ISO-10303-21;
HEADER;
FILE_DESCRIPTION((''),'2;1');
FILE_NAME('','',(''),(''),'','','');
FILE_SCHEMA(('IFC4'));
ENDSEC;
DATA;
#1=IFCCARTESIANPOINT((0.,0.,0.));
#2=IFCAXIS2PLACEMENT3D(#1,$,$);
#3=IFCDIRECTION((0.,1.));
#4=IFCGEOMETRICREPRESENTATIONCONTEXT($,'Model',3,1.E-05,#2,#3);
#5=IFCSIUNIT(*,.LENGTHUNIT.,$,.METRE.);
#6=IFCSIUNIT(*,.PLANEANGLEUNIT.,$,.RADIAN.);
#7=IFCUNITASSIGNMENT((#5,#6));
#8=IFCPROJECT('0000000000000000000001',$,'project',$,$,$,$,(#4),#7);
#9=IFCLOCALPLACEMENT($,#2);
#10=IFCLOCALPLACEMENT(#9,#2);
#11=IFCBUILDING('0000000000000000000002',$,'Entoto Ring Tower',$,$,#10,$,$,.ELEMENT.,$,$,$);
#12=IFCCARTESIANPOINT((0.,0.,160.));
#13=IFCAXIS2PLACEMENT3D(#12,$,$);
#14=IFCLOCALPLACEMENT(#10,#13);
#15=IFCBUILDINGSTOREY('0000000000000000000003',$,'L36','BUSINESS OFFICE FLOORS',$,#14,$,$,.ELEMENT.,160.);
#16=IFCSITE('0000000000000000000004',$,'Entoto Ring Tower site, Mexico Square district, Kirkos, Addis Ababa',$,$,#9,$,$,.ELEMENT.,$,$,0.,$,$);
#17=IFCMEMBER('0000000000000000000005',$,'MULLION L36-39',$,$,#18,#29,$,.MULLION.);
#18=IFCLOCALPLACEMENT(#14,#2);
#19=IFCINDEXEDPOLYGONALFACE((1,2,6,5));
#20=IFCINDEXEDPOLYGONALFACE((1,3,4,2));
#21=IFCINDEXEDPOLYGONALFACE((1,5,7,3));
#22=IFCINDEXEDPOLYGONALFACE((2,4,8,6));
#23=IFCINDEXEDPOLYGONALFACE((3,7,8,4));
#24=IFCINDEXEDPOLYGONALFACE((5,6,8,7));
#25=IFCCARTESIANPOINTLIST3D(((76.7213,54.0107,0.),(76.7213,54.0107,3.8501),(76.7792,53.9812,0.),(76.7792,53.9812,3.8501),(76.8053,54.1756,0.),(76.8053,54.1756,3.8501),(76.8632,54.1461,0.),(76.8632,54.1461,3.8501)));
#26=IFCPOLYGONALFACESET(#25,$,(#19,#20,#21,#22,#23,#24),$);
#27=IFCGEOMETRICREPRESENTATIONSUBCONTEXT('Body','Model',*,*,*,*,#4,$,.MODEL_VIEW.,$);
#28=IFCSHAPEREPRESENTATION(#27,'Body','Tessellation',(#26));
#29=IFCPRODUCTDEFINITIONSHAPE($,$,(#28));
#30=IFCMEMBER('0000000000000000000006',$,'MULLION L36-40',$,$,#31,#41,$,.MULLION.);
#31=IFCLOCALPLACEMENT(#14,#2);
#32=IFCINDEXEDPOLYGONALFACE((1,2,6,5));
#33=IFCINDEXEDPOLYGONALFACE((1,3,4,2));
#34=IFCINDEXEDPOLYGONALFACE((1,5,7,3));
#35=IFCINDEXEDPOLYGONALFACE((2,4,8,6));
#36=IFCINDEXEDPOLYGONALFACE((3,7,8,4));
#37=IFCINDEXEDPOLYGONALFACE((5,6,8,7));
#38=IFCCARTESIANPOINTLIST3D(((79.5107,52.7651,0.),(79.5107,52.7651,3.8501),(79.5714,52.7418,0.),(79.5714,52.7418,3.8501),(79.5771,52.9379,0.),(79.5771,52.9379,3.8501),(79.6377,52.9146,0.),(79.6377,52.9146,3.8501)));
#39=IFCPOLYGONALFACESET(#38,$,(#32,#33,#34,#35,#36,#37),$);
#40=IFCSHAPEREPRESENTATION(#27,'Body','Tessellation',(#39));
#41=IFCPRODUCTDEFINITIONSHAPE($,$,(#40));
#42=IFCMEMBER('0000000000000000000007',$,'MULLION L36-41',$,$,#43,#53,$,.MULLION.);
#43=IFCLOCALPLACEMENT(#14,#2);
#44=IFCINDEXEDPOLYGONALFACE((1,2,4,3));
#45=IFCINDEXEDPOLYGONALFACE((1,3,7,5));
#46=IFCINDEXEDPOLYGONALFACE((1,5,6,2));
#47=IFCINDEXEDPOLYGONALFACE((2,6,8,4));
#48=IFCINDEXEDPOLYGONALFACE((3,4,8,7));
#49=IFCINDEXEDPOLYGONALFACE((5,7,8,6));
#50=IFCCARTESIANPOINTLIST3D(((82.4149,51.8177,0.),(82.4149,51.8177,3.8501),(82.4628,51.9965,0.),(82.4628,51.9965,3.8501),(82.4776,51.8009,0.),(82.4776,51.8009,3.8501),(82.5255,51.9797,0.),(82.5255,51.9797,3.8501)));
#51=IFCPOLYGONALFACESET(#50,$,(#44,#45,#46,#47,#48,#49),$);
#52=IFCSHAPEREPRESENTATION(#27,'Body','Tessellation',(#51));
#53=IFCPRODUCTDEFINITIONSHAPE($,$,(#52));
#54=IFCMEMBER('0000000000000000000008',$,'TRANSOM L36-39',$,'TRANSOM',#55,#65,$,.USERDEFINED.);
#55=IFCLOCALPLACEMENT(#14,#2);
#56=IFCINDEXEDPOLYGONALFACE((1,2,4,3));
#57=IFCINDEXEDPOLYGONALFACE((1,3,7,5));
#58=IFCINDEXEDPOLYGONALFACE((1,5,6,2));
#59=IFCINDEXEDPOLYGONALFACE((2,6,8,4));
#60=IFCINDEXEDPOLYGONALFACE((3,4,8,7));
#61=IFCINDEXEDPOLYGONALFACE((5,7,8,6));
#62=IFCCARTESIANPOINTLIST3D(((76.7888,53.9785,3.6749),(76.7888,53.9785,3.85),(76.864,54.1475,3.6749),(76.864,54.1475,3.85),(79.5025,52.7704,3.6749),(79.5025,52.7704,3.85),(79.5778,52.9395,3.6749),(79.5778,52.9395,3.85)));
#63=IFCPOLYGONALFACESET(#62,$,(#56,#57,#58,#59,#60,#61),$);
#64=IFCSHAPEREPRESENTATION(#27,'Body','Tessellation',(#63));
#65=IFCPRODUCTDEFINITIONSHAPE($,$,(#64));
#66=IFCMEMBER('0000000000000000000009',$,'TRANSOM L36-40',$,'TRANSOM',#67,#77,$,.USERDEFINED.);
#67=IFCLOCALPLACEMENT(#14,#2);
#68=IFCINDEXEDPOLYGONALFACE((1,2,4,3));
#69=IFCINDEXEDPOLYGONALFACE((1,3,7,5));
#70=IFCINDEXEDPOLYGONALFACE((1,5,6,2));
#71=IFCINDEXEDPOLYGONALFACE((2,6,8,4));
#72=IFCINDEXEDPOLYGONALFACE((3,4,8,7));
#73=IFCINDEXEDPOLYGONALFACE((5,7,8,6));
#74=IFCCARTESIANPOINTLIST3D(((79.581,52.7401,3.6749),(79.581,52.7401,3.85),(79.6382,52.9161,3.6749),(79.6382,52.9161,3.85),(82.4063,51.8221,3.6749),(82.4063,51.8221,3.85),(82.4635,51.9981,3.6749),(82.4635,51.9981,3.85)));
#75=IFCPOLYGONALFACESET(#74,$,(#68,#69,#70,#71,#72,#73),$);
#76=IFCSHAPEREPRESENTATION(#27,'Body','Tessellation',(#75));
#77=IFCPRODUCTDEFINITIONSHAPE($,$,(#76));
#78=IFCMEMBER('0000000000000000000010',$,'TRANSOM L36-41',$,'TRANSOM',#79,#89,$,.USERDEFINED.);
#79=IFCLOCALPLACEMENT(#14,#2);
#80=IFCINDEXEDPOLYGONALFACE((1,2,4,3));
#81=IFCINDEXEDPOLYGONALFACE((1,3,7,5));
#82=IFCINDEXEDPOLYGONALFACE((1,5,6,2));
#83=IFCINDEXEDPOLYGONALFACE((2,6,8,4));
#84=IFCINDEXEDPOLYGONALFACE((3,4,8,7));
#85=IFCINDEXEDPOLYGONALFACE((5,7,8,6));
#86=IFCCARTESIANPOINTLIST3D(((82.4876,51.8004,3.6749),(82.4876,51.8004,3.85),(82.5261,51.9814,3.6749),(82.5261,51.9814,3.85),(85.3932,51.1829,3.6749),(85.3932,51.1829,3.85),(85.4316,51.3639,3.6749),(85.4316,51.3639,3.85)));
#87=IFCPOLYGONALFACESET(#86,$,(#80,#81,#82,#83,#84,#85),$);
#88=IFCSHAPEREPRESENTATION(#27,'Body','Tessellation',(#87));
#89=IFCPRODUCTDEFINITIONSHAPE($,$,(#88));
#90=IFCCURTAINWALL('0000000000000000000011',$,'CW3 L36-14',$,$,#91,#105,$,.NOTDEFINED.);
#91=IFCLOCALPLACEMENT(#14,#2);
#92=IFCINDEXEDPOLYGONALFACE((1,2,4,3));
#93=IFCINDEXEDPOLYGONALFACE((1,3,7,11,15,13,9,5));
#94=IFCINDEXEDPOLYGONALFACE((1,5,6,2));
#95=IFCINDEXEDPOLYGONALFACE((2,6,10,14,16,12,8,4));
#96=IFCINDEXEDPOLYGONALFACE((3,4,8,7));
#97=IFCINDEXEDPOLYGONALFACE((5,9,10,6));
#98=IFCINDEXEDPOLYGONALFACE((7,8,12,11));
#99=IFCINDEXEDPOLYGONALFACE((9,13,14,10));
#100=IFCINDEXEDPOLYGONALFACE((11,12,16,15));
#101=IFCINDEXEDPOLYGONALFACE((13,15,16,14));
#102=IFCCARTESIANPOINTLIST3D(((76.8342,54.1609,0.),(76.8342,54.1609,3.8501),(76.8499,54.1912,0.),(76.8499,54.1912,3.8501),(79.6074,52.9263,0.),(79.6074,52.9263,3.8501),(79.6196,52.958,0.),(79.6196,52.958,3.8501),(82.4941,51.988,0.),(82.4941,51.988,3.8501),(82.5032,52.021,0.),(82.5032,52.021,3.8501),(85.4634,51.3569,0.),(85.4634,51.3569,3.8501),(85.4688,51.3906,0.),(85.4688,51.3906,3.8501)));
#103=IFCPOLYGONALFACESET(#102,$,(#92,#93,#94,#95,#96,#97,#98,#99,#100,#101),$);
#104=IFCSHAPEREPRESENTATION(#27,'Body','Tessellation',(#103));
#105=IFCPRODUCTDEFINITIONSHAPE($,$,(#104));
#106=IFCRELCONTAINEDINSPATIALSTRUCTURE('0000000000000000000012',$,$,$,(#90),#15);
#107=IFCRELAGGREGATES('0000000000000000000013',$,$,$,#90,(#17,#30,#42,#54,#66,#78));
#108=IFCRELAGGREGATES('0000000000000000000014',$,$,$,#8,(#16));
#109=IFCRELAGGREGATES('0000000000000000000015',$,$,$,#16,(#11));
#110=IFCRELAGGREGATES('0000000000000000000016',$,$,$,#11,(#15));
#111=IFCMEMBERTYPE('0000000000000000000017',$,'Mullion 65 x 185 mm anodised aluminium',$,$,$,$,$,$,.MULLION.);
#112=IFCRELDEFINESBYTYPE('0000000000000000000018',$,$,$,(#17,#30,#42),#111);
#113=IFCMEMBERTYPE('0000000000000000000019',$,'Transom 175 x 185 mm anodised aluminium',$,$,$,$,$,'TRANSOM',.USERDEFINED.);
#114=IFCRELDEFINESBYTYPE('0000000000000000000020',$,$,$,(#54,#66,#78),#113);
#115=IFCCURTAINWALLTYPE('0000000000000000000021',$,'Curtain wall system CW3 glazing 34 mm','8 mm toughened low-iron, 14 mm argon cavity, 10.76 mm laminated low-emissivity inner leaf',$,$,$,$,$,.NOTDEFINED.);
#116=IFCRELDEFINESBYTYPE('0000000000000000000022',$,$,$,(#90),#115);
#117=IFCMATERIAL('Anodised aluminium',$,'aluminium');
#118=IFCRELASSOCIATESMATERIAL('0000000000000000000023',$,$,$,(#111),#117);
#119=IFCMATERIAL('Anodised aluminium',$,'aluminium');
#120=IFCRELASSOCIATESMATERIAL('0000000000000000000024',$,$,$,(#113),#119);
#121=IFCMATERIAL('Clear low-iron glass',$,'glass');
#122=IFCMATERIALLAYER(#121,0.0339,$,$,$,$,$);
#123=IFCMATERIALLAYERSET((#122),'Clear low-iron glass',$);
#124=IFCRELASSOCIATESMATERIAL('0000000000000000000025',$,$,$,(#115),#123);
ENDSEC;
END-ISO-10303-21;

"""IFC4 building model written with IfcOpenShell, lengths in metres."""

from ifc_helpers import new_model, si_unit, direction, frame, origin, origin_2d, place, context, subcontext, project, spatial, polyline, rectangle, outline, extrude, material, layer, layer_set, material_profile, profile_set, type_object, element, aggregate, save


model = new_model("IFC4")

# Units and contexts
model_context = context("Model", 3, precision=1e-05, world=origin(), true_north=direction((0.0, 1.0)))
body_context = subcontext(model_context, "Body", "Model", "MODEL_VIEW")
ifc_project = project(units=[si_unit("LENGTHUNIT", "METRE"), si_unit("PLANEANGLEUNIT", "RADIAN")], contexts=[model_context])

# Members
ifc_material_1 = material(Name="Anodised aluminium", Category="aluminium")
ifc_material_profile_1 = material_profile(ifc_material_1, rectangle(XDim=0.0649, YDim=0.1851, at=origin_2d()), Name="Mullion 65 x 185 mm anodised aluminium")
ifc_profile_set_1 = profile_set([ifc_material_profile_1], Name="Anodised aluminium")
member_type_1 = type_object("IfcMemberType", Name="Mullion 65 x 185 mm anodised aluminium", PredefinedType="MULLION", material=ifc_profile_set_1)
site_placement = place(None, origin())
building_placement = place(site_placement, origin())
storey_placement = place(building_placement, frame((0.0, 0.0, 160.0)))
member_1_placement = place(storey_placement, frame((76.7922, 54.0784, 0.0), z_axis=(0.0, 0.0, 1.0), x_axis=(0.891007, -0.45399, 0.0)))
member_1 = element("IfcMember", 1, at=member_1_placement, type_object=member_type_1, Name="MULLION L36-39", PredefinedType="MULLION", context=body_context, shape_type="SweptSolid", body=[
    extrude(rectangle(XDim=0.0649, YDim=0.1851, at=origin_2d()), origin(), (0.0, 0.0, 1.0), 3.8501),
])
member_2_placement = place(storey_placement, frame((79.5742, 52.8398, 0.0), z_axis=(0.0, 0.0, 1.0), x_axis=(0.93358, -0.358368, 0.0)))
member_2 = element("IfcMember", 2, at=member_2_placement, type_object=member_type_1, Name="MULLION L36-40", PredefinedType="MULLION", context=body_context, shape_type="SweptSolid", body=[
    extrude(rectangle(XDim=0.0649, YDim=0.1851, at=origin_2d()), origin(), (0.0, 0.0, 1.0), 3.8501),
])
member_3_placement = place(storey_placement, frame((82.4702, 51.8987, 0.0), z_axis=(0.0, 0.0, 1.0), x_axis=(0.965926, -0.258819, 0.0)))
member_3 = element("IfcMember", 3, at=member_3_placement, type_object=member_type_1, Name="MULLION L36-41", PredefinedType="MULLION", context=body_context, shape_type="SweptSolid", body=[
    extrude(rectangle(XDim=0.0649, YDim=0.1851, at=origin_2d()), origin(), (0.0, 0.0, 1.0), 3.8501),
])
ifc_material_2 = material(Name="Anodised aluminium", Category="aluminium")
ifc_material_profile_2 = material_profile(ifc_material_2, rectangle(XDim=0.1851, YDim=0.175, at=origin_2d()), Name="Transom 175 x 185 mm anodised aluminium")
ifc_profile_set_2 = profile_set([ifc_material_profile_2], Name="Anodised aluminium")
member_type_2 = type_object("IfcMemberType", Name="Transom 175 x 185 mm anodised aluminium", ElementType="TRANSOM", PredefinedType="USERDEFINED", material=ifc_profile_set_2)
member_4_placement = place(storey_placement, frame((76.8264, 54.063, 3.7625), z_axis=(0.913567, -0.406687, 0.0), x_axis=(0.406687, 0.913567, 0.0)))
member_4 = element("IfcMember", 4, at=member_4_placement, type_object=member_type_2, Name="TRANSOM L36-39", ObjectType="TRANSOM", PredefinedType="USERDEFINED", context=body_context, shape_type="SweptSolid", body=[
    extrude(rectangle(XDim=0.1851, YDim=0.175, at=origin_2d()), origin(), (0.0, 0.0, 1.0), 2.9705),
])
member_5_placement = place(storey_placement, frame((79.6096, 52.8281, 3.7625), z_axis=(0.951056, -0.309019, 0.0), x_axis=(0.309019, 0.951056, 0.0)))
member_5 = element("IfcMember", 5, at=member_5_placement, type_object=member_type_2, Name="TRANSOM L36-40", ObjectType="TRANSOM", PredefinedType="USERDEFINED", context=body_context, shape_type="SweptSolid", body=[
    extrude(rectangle(XDim=0.1851, YDim=0.175, at=origin_2d()), origin(), (0.0, 0.0, 1.0), 2.9707),
])
member_6_placement = place(storey_placement, frame((82.5068, 51.8909, 3.7625), z_axis=(0.978158, -0.207862, 0.0), x_axis=(0.207862, 0.978158, 0.0)))
member_6 = element("IfcMember", 6, at=member_6_placement, type_object=member_type_2, Name="TRANSOM L36-41", ObjectType="TRANSOM", PredefinedType="USERDEFINED", context=body_context, shape_type="SweptSolid", body=[
    extrude(rectangle(XDim=0.1851, YDim=0.175, at=origin_2d()), origin(), (0.0, 0.0, 1.0), 2.9705),
])

# Site, building, storey
site = spatial("IfcSite", under=ifc_project, at=site_placement, Name="Entoto Ring Tower site, Mexico Square district, Kirkos, Addis Ababa", CompositionType="ELEMENT", RefElevation=0.0)
building = spatial("IfcBuilding", under=site, at=building_placement, Name="Entoto Ring Tower", CompositionType="ELEMENT")
storey = spatial("IfcBuildingStorey", under=building, at=storey_placement, Name="L36", Description="BUSINESS OFFICE FLOORS", CompositionType="ELEMENT", Elevation=160.0)

# Curtain wall
ifc_material_3 = material(Name="Clear low-iron glass", Category="glass")
ifc_layer = layer(ifc_material_3, 0.0339)
ifc_layer_set = layer_set([ifc_layer], Name="Clear low-iron glass")
curtain_wall_type = type_object("IfcCurtainWallType", Name="Curtain wall system CW3 glazing 34 mm", Description="8 mm toughened low-iron, 14 mm argon cavity, 10.76 mm laminated low-emissivity inner leaf", PredefinedType="NOTDEFINED", material=ifc_layer_set)
curtain_wall_1_placement = place(storey_placement, origin())
curtain_wall_1 = element("IfcCurtainWall", 7, at=curtain_wall_1_placement, inside=storey, type_object=curtain_wall_type, Name="CW3 L36-14", PredefinedType="NOTDEFINED", context=body_context, shape_type="SweptSolid", body=[
    extrude(outline(polyline([(76.8342, 54.1609), (79.6074, 52.9263), (82.4941, 51.988), (85.4634, 51.3569), (85.4688, 51.3906), (82.5032, 52.021), (79.6196, 52.958), (76.8499, 54.1912), (76.8342, 54.1609)])), origin(), (0.0, 0.0, 1.0), 3.8501),
])
aggregate(curtain_wall_1, [member_1, member_2, member_3, member_4, member_5, member_6])

save(model, "model.ifc")
